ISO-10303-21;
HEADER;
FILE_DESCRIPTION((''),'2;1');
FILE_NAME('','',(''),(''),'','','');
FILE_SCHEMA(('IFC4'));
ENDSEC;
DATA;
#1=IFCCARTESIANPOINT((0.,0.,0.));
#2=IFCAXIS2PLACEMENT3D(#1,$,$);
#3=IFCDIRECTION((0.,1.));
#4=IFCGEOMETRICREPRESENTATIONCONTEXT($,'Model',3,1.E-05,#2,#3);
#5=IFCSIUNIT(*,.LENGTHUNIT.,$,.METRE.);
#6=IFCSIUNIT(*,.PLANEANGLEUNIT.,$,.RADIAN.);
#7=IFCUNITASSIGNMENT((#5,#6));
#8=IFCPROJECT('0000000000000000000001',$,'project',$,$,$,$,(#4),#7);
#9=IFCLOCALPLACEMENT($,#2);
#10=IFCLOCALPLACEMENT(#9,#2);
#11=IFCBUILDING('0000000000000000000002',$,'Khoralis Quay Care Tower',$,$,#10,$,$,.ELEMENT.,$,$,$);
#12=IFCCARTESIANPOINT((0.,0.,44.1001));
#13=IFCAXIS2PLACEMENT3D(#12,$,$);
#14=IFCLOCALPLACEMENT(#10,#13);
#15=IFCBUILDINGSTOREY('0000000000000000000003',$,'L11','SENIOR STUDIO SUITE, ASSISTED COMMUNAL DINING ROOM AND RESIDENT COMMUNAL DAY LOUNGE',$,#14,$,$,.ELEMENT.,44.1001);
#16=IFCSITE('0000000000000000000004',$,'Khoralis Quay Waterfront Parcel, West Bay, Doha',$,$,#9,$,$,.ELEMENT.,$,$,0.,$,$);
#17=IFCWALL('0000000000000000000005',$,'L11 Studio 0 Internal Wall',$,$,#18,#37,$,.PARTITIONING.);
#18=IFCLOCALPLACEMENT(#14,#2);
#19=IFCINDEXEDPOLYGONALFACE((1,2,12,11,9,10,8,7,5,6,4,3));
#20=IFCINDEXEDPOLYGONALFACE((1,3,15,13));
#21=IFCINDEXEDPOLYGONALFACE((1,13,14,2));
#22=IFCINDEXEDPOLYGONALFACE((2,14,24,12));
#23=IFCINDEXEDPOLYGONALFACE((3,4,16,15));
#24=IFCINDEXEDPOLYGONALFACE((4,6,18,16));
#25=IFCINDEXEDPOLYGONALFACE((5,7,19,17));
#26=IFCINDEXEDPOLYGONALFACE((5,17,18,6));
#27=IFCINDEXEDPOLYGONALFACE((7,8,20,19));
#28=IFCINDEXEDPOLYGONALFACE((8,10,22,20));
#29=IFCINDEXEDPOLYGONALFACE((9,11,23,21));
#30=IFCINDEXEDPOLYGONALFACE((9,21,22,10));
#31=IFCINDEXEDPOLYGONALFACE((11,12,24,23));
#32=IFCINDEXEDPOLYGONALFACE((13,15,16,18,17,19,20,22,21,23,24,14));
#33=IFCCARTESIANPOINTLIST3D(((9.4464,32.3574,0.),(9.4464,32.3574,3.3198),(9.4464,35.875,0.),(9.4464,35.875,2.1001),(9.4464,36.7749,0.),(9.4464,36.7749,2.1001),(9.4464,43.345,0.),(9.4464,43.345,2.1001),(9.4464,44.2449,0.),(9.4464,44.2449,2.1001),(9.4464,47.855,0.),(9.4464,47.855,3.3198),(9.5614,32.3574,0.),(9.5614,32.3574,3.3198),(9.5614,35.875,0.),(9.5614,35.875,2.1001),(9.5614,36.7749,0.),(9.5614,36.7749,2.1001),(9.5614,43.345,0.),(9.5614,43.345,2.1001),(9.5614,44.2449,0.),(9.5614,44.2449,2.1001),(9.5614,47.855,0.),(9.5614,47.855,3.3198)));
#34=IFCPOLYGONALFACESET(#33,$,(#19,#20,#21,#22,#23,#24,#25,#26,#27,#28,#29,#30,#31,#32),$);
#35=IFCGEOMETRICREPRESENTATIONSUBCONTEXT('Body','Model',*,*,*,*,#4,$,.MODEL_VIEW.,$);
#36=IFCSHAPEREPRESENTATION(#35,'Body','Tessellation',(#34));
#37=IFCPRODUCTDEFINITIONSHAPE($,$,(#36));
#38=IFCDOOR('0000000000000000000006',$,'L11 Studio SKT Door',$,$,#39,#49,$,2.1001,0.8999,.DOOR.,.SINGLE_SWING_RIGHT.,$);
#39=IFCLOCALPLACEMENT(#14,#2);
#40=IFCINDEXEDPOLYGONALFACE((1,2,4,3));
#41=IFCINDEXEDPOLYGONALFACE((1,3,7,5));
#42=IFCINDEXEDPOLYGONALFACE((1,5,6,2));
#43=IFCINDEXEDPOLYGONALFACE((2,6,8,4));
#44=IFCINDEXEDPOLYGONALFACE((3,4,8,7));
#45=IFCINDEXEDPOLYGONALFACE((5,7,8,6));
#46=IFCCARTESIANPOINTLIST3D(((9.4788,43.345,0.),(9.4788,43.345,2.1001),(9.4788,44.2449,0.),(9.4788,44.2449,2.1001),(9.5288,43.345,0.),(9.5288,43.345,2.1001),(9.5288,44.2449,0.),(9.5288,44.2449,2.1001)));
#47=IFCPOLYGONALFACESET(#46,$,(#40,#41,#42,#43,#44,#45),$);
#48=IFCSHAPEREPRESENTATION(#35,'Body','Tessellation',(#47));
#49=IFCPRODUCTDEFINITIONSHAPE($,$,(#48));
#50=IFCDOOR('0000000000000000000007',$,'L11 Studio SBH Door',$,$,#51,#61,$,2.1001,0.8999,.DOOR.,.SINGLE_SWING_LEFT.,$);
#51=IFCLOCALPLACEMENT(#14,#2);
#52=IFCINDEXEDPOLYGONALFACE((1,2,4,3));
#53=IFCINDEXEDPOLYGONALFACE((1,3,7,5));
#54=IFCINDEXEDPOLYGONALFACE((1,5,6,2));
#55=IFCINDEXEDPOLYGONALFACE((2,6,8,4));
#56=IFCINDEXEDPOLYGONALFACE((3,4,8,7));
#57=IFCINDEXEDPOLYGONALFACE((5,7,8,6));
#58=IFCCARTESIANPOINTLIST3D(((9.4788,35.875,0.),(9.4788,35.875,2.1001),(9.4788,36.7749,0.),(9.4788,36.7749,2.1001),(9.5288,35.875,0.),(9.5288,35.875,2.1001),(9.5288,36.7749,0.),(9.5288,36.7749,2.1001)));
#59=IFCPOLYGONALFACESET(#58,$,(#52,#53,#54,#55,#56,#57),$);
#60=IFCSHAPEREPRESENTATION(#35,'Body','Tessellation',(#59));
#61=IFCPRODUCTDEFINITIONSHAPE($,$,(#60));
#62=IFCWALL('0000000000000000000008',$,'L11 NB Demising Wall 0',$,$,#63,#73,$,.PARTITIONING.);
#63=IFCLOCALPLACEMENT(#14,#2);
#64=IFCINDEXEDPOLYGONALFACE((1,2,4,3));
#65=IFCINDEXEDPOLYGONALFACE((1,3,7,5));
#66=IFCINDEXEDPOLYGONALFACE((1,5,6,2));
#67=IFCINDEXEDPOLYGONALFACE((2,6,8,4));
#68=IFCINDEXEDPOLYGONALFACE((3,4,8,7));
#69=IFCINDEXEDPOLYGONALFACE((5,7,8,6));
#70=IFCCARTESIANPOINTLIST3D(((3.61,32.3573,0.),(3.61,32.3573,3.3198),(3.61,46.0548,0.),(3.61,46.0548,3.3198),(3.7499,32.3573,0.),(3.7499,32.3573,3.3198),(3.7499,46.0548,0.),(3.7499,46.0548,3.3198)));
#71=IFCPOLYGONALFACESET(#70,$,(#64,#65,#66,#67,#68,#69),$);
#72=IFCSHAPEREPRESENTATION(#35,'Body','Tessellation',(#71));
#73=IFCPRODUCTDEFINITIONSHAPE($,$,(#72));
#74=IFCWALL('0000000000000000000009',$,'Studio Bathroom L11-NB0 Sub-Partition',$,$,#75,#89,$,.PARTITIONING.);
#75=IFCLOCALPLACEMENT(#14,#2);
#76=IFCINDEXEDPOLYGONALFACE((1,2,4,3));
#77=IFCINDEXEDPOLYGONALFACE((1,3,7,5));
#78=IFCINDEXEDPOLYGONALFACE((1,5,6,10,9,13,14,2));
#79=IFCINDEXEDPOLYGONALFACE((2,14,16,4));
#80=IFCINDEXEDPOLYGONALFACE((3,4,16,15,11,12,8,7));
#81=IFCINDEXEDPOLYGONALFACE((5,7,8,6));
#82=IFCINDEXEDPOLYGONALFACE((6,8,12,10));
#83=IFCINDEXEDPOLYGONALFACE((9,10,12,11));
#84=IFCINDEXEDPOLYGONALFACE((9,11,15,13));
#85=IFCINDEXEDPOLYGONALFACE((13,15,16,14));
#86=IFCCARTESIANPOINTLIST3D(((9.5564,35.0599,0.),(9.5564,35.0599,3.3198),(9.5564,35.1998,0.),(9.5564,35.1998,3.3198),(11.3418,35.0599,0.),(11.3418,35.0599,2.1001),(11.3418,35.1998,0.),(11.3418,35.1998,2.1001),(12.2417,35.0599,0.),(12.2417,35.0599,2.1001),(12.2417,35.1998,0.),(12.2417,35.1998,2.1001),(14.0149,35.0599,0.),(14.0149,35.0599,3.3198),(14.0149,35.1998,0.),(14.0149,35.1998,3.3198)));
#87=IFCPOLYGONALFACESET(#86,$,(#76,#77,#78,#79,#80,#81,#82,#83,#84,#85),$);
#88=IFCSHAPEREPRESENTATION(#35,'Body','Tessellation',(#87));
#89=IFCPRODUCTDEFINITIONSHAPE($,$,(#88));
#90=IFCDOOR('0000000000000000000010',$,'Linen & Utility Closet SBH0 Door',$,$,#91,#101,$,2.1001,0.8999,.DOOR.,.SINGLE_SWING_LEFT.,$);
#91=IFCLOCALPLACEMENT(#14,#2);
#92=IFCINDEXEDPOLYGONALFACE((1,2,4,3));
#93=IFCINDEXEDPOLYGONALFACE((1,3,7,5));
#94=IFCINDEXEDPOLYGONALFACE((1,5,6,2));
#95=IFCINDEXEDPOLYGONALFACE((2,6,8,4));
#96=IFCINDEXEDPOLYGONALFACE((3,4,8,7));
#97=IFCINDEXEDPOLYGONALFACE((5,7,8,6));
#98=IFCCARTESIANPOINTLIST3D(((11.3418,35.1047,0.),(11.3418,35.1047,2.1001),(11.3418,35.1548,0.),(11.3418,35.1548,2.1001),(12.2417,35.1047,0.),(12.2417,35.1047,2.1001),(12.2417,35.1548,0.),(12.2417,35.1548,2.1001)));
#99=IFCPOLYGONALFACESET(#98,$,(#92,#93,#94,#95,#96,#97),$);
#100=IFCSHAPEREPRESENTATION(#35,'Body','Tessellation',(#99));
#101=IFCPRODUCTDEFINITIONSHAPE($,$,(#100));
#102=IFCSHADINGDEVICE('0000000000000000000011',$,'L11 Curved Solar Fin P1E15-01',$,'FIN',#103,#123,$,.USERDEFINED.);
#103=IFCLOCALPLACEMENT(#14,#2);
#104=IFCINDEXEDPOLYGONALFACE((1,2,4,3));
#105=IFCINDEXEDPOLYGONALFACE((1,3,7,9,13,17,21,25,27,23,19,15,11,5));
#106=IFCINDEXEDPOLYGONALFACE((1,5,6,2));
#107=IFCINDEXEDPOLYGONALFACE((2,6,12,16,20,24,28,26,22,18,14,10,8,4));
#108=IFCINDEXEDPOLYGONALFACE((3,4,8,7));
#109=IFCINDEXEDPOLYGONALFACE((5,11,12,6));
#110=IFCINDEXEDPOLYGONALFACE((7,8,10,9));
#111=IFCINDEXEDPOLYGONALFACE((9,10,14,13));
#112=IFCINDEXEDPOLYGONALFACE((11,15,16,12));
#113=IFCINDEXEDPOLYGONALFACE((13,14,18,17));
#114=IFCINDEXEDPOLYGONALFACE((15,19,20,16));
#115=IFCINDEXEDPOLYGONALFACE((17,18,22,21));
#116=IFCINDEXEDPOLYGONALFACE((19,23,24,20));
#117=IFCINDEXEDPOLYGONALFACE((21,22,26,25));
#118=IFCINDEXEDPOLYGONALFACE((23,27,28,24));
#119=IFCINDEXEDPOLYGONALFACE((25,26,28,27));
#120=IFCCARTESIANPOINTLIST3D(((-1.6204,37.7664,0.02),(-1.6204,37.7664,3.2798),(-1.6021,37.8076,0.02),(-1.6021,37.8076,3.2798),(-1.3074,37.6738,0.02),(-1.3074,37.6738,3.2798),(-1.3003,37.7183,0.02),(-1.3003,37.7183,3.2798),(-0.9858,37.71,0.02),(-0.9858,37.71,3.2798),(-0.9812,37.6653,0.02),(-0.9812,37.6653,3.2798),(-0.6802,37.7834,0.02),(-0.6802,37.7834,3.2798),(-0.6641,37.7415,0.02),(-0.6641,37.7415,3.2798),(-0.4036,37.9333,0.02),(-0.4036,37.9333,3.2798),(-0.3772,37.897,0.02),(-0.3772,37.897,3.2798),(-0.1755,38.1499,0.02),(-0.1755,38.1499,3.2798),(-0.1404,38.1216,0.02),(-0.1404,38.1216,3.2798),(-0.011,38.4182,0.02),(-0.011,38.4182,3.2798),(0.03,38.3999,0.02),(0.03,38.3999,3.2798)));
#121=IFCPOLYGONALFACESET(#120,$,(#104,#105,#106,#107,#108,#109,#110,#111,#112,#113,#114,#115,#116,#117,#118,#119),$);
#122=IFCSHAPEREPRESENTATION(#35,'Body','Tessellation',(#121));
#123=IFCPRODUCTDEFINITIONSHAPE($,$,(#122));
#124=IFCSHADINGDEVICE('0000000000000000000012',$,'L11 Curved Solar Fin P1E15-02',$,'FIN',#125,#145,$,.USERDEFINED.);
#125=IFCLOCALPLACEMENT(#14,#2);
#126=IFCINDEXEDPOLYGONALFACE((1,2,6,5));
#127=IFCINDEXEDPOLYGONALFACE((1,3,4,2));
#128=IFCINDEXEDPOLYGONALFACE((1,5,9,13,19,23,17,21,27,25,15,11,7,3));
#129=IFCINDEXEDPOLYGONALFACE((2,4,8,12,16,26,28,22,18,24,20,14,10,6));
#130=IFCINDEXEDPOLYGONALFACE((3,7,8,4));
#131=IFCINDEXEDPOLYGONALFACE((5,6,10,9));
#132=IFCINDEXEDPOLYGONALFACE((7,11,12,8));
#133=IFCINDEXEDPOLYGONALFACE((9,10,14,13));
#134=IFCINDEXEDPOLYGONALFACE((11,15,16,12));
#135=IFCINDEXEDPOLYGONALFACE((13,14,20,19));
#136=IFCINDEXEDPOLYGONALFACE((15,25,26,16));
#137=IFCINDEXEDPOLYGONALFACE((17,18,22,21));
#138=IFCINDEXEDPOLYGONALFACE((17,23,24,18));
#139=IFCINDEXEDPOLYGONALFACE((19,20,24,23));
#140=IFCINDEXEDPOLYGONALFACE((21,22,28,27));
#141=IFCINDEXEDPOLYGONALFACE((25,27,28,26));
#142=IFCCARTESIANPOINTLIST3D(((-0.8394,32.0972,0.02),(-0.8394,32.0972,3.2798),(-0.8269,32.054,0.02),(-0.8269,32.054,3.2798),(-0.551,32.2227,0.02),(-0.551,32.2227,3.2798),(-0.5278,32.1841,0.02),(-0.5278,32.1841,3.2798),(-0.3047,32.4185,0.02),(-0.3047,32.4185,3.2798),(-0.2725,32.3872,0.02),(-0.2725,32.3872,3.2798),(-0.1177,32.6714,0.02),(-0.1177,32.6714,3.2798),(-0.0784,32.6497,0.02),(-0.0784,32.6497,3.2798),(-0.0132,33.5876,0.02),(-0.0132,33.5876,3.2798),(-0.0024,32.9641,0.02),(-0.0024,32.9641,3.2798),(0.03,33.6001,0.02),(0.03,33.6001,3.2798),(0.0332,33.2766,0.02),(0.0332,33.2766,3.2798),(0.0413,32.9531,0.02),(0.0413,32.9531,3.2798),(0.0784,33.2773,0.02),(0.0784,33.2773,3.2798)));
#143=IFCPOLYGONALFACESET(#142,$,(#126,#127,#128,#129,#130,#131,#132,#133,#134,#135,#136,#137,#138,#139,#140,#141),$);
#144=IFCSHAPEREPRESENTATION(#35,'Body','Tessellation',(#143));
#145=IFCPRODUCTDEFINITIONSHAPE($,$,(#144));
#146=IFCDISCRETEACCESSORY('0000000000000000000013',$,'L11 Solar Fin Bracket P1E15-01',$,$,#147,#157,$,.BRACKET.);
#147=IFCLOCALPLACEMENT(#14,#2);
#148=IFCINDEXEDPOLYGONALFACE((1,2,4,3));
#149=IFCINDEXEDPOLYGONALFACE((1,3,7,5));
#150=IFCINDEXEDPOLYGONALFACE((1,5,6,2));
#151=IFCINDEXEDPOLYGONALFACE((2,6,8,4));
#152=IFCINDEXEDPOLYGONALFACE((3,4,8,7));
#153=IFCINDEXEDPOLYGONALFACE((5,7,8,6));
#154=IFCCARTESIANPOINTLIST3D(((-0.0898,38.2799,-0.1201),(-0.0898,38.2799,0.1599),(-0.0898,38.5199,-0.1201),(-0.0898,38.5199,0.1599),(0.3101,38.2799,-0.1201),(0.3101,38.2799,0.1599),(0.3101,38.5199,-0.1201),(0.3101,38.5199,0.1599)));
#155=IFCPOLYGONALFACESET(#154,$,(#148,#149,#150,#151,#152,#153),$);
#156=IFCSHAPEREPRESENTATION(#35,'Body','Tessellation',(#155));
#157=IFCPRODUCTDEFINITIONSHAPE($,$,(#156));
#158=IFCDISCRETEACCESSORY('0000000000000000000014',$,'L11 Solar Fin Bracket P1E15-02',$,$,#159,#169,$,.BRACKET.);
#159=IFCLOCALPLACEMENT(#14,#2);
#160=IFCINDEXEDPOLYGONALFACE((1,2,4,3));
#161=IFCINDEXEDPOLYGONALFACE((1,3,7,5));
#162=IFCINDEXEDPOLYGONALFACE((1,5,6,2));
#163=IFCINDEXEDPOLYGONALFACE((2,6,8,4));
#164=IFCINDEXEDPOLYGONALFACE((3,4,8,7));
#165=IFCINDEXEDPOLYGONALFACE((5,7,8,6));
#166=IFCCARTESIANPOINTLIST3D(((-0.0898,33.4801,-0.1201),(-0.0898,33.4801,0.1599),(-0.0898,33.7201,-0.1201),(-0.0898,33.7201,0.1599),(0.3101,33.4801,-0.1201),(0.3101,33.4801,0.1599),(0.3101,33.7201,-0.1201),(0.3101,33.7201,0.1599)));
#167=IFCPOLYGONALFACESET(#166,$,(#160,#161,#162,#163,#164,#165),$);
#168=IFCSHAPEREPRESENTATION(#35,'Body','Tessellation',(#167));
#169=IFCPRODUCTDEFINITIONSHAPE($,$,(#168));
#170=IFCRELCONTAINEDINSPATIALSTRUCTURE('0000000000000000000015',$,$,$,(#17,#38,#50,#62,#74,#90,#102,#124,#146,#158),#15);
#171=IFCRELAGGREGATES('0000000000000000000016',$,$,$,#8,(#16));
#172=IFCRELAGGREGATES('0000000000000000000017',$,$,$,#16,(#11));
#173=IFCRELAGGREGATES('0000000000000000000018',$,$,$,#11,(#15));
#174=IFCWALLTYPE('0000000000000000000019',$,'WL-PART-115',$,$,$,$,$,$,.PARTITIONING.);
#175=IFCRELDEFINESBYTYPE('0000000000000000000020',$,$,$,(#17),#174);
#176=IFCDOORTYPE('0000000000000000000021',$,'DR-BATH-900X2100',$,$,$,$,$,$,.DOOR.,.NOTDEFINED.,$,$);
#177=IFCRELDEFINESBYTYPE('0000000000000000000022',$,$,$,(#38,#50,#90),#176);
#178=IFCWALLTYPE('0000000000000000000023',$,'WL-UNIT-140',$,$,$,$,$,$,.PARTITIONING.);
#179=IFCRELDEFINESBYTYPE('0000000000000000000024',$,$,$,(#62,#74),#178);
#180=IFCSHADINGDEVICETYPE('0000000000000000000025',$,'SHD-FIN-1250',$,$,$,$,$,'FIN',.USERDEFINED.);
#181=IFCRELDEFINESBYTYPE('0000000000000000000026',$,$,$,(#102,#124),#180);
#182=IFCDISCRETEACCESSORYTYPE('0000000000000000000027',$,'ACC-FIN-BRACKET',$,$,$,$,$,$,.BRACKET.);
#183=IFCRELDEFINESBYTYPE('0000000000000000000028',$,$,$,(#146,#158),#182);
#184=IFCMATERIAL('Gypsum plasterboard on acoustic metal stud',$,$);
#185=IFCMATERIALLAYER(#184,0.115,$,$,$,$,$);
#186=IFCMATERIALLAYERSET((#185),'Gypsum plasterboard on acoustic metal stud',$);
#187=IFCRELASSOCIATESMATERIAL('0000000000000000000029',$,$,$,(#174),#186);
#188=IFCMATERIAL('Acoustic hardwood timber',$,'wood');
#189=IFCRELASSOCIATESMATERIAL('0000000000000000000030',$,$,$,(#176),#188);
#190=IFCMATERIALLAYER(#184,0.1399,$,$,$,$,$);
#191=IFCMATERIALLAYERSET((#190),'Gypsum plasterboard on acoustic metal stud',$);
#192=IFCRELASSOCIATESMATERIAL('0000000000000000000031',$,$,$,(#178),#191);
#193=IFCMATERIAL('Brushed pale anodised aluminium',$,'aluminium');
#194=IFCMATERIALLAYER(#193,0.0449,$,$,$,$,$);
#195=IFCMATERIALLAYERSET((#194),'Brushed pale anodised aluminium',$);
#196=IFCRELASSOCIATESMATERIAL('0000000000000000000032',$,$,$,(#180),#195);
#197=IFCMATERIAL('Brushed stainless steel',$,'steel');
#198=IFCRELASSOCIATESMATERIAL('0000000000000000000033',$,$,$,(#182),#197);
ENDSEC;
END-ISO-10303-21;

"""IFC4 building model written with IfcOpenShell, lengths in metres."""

from ifc_helpers import new_model, si_unit, direction, frame, frame_2d, origin, origin_2d, place, context, subcontext, project, spatial, polyline, rectangle, outline, extrude, source, transform, mapped, material, layer, layer_set, type_object, element, fill, save


model = new_model("IFC4")

# Units and contexts
model_context = context("Model", 3, precision=1e-05, world=origin(), true_north=direction((0.0, 1.0)))
body_context = subcontext(model_context, "Body", "Model", "MODEL_VIEW")
ifc_project = project(units=[si_unit("LENGTHUNIT", "METRE"), si_unit("PLANEANGLEUNIT", "RADIAN")], contexts=[model_context])

# Site, building, storey
site_placement = place(None, origin())
site = spatial("IfcSite", under=ifc_project, at=site_placement, Name="Khoralis Quay Waterfront Parcel, West Bay, Doha", CompositionType="ELEMENT", RefElevation=0.0)
building_placement = place(site_placement, origin())
building = spatial("IfcBuilding", under=site, at=building_placement, Name="Khoralis Quay Care Tower", CompositionType="ELEMENT")
storey_placement = place(building_placement, frame((0.0, 0.0, 44.1001)))
storey = spatial("IfcBuildingStorey", under=building, at=storey_placement, Name="L11", Description="SENIOR STUDIO SUITE, ASSISTED COMMUNAL DINING ROOM AND RESIDENT COMMUNAL DAY LOUNGE", CompositionType="ELEMENT", Elevation=44.1001)

# Wall, openings, doors
ifc_material_1 = material(Name="Gypsum plasterboard on acoustic metal stud")
ifc_material_2 = material(Name="Acoustic hardwood timber", Category="wood")
ifc_layer_1 = layer(ifc_material_1, 0.115)
ifc_layer_set_1 = layer_set([ifc_layer_1], Name="Gypsum plasterboard on acoustic metal stud")
wall_type_1 = type_object("IfcWallType", Name="WL-PART-115", PredefinedType="PARTITIONING", material=ifc_layer_set_1)
wall_1_placement = place(storey_placement, frame((9.5039, 32.3574, 0.0), z_axis=(0.0, 0.0, 1.0), x_axis=(0.0, 1.0, 0.0)))
wall_1 = element("IfcWall", 1, at=wall_1_placement, inside=storey, type_object=wall_type_1, Name="L11 Studio 0 Internal Wall", PredefinedType="PARTITIONING", context=body_context, shape_type="SweptSolid", body=[
    extrude(rectangle(XDim=15.4976, YDim=0.115, at=frame_2d((7.7488, 0.0))), origin(), (0.0, 0.0, 1.0), 3.3198),
])
opening_1_placement = place(wall_1_placement, frame((10.9875, 0.0, 0.0)))
opening_1 = element("IfcOpeningElement", 2, at=opening_1_placement, cuts=wall_1, PredefinedType="OPENING", context=body_context, shape_type="SweptSolid", body=[
    extrude(rectangle(XDim=0.8999, YDim=2.1001, at=frame_2d((0.45, 1.05))), frame((0.0, 0.0674, 0.0), z_axis=(0.0, -1.0, 0.0), x_axis=(1.0, 0.0, 0.0)), (0.0, 0.0, 1.0), 0.135),
])
opening_2_placement = place(wall_1_placement, frame((3.5176, 0.0, 0.0)))
opening_2 = element("IfcOpeningElement", 3, at=opening_2_placement, cuts=wall_1, PredefinedType="OPENING", context=body_context, shape_type="SweptSolid", body=[
    extrude(rectangle(XDim=0.8999, YDim=2.1001, at=frame_2d((0.45, 1.05))), frame((0.0, 0.0674, 0.0), z_axis=(0.0, -1.0, 0.0), x_axis=(1.0, 0.0, 0.0)), (0.0, 0.0, 1.0), 0.135),
])
door_type_1 = type_object("IfcDoorType", Name="DR-BATH-900X2100", OperationType="NOTDEFINED", PredefinedType="DOOR", material=ifc_material_2)
shared_shape_1 = source(origin(), body_context, "Body", "SweptSolid", [
    extrude(rectangle(XDim=0.8999, YDim=2.1001, at=frame_2d((0.45, 1.05))), frame((0.0, 0.0249, 0.0), z_axis=(0.0, -1.0, 0.0), x_axis=(1.0, 0.0, 0.0)), (0.0, 0.0, 1.0), 0.05),
])
door_1_placement = place(opening_1_placement, frame((0.8999, 0.0, 0.0), z_axis=(0.0, 0.0, 1.0), x_axis=(-1.0, 0.0, 0.0)))
door_1 = element("IfcDoor", 4, at=door_1_placement, inside=storey, type_object=door_type_1, Name="L11 Studio SKT Door", OperationType="SINGLE_SWING_RIGHT", OverallHeight=2.1001, OverallWidth=0.8999, PredefinedType="DOOR", context=body_context, shape_type="MappedRepresentation", body=[
    mapped(shared_shape_1, transform((0.0, 0.0, 0.0), scale=1.0)),
])
fill(opening_1, door_1)
door_2_placement = place(opening_2_placement, frame((0.8999, 0.0, 0.0), z_axis=(0.0, 0.0, 1.0), x_axis=(-1.0, 0.0, 0.0)))
door_2 = element("IfcDoor", 5, at=door_2_placement, inside=storey, type_object=door_type_1, Name="L11 Studio SBH Door", OperationType="SINGLE_SWING_LEFT", OverallHeight=2.1001, OverallWidth=0.8999, PredefinedType="DOOR", context=body_context, shape_type="MappedRepresentation", body=[
    mapped(shared_shape_1, transform((0.0, 0.0, 0.0), scale=1.0)),
])
fill(opening_2, door_2)

# Wall
ifc_layer_2 = layer(ifc_material_1, 0.1399)
ifc_layer_set_2 = layer_set([ifc_layer_2], Name="Gypsum plasterboard on acoustic metal stud")
wall_type_2 = type_object("IfcWallType", Name="WL-UNIT-140", PredefinedType="PARTITIONING", material=ifc_layer_set_2)
wall_2_placement = place(storey_placement, frame((3.6799, 32.3574, 0.0), z_axis=(0.0, 0.0, 1.0), x_axis=(0.0, 1.0, 0.0)))
element("IfcWall", 6, at=wall_2_placement, inside=storey, type_object=wall_type_2, Name="L11 NB Demising Wall 0", PredefinedType="PARTITIONING", context=body_context, shape_type="SweptSolid", body=[
    extrude(rectangle(XDim=13.6975, YDim=0.1399, at=frame_2d((6.8486, 0.0))), origin(), (0.0, 0.0, 1.0), 3.3198),
])

# Wall, opening, door
wall_3_placement = place(storey_placement, frame((9.5564, 35.1299, 0.0), z_axis=(0.0, 0.0, 1.0), x_axis=(1.0, 0.0, 0.0)))
wall_3 = element("IfcWall", 7, at=wall_3_placement, inside=storey, type_object=wall_type_2, Name="Studio Bathroom L11-NB0 Sub-Partition", PredefinedType="PARTITIONING", context=body_context, shape_type="SweptSolid", body=[
    extrude(rectangle(XDim=4.4585, YDim=0.1399, at=frame_2d((2.2292, 0.0))), origin(), (0.0, 0.0, 1.0), 3.3198),
])
opening_3_placement = place(wall_3_placement, frame((1.7854, 0.0, 0.0)))
opening_3 = element("IfcOpeningElement", 8, at=opening_3_placement, cuts=wall_3, PredefinedType="OPENING", context=body_context, shape_type="SweptSolid", body=[
    extrude(rectangle(XDim=0.8999, YDim=2.1001, at=frame_2d((0.45, 1.05))), frame((0.0, 0.0801, 0.0), z_axis=(0.0, -1.0, 0.0), x_axis=(1.0, 0.0, 0.0)), (0.0, 0.0, 1.0), 0.1599),
])
door_3_placement = place(opening_3_placement, origin())
door_3 = element("IfcDoor", 9, at=door_3_placement, inside=storey, type_object=door_type_1, Name="Linen & Utility Closet SBH0 Door", OperationType="SINGLE_SWING_LEFT", OverallHeight=2.1001, OverallWidth=0.8999, PredefinedType="DOOR", context=body_context, shape_type="MappedRepresentation", body=[
    mapped(shared_shape_1, transform((0.0, 0.0, 0.0), scale=1.0)),
])
fill(opening_3, door_3)

# Shading devices
ifc_material_3 = material(Name="Brushed pale anodised aluminium", Category="aluminium")
ifc_layer_3 = layer(ifc_material_3, 0.0449)
ifc_layer_set_3 = layer_set([ifc_layer_3], Name="Brushed pale anodised aluminium")
shading_device_type = type_object("IfcShadingDeviceType", Name="SHD-FIN-1250", ElementType="FIN", PredefinedType="USERDEFINED", material=ifc_layer_set_3)
shared_shape_2 = source(origin(), body_context, "Body", "SweptSolid", [
    extrude(outline(polyline([(0.0, 0.0), (0.1704, 0.2783), (0.4072, 0.5029), (0.6941, 0.6584), (1.0112, 0.7346), (1.3374, 0.7261), (1.6504, 0.6335), (1.6321, 0.5923), (1.3303, 0.6816), (1.0159, 0.6899), (0.7102, 0.6165), (0.4336, 0.4666), (0.2056, 0.25), (0.041, -0.0183), (0.0, 0.0)])), origin(), (0.0, 0.0, 1.0), 3.2598),
])
shading_device_1_placement = place(storey_placement, frame((0.03, 38.3999, 0.02), z_axis=(0.0, 0.0, 1.0), x_axis=(-1.0, 0.0, 0.0)))
element("IfcShadingDevice", 10, at=shading_device_1_placement, inside=storey, type_object=shading_device_type, Name="L11 Curved Solar Fin P1E15-01", ObjectType="FIN", PredefinedType="USERDEFINED", context=body_context, shape_type="MappedRepresentation", body=[
    mapped(shared_shape_2, transform((0.0, 0.0, 0.0), scale=1.0)),
])
shared_shape_3 = source(origin(), body_context, "Body", "SweptSolid", [
    extrude(outline(polyline([(0.0, 0.0), (-0.0483, 0.3228), (-0.0112, 0.647), (0.1084, 0.9504), (0.3025, 1.2129), (0.5579, 1.416), (0.8569, 1.5461), (0.8694, 1.5029), (0.5811, 1.3774), (0.3347, 1.1816), (0.1477, 0.9287), (0.0325, 0.636), (-0.0032, 0.3235), (0.0432, 0.0125), (0.0, 0.0)])), origin(), (0.0, 0.0, 1.0), 3.2598),
])
shading_device_2_placement = place(storey_placement, frame((0.03, 33.6001, 0.02), z_axis=(0.0, 0.0, 1.0), x_axis=(-1.0, 0.0, 0.0)))
element("IfcShadingDevice", 11, at=shading_device_2_placement, inside=storey, type_object=shading_device_type, Name="L11 Curved Solar Fin P1E15-02", ObjectType="FIN", PredefinedType="USERDEFINED", context=body_context, shape_type="MappedRepresentation", body=[
    mapped(shared_shape_3, transform((0.0, 0.0, 0.0), scale=1.0)),
])

# Discrete accessories
ifc_material_4 = material(Name="Brushed stainless steel", Category="steel")
discrete_accessory_type = type_object("IfcDiscreteAccessoryType", Name="ACC-FIN-BRACKET", PredefinedType="BRACKET", material=ifc_material_4)
shared_shape_4 = source(origin(), body_context, "Body", "SweptSolid", [
    extrude(rectangle(XDim=0.3999, YDim=0.24, at=origin_2d()), origin(), (0.0, 0.0, 1.0), 0.28),
])
for number, where, z_axis, x_axis, name in (
    (12, (0.1101, 38.3999, -0.1201), (0.0, 0.0, 1.0), (-1.0, 0.0, 0.0), "L11 Solar Fin Bracket P1E15-01"),
    (13, (0.1101, 33.6001, -0.1201), (0.0, 0.0, 1.0), (-1.0, 0.0, 0.0), "L11 Solar Fin Bracket P1E15-02"),
):
    element("IfcDiscreteAccessory", number, at=place(storey_placement, frame(where, z_axis=z_axis, x_axis=x_axis)), inside=storey, type_object=discrete_accessory_type, Name=name, PredefinedType="BRACKET", context=body_context, shape_type="MappedRepresentation", body=[
        mapped(shared_shape_4, transform((0.0, 0.0, 0.0), scale=1.0)),
    ])

save(model, "model.ifc")
